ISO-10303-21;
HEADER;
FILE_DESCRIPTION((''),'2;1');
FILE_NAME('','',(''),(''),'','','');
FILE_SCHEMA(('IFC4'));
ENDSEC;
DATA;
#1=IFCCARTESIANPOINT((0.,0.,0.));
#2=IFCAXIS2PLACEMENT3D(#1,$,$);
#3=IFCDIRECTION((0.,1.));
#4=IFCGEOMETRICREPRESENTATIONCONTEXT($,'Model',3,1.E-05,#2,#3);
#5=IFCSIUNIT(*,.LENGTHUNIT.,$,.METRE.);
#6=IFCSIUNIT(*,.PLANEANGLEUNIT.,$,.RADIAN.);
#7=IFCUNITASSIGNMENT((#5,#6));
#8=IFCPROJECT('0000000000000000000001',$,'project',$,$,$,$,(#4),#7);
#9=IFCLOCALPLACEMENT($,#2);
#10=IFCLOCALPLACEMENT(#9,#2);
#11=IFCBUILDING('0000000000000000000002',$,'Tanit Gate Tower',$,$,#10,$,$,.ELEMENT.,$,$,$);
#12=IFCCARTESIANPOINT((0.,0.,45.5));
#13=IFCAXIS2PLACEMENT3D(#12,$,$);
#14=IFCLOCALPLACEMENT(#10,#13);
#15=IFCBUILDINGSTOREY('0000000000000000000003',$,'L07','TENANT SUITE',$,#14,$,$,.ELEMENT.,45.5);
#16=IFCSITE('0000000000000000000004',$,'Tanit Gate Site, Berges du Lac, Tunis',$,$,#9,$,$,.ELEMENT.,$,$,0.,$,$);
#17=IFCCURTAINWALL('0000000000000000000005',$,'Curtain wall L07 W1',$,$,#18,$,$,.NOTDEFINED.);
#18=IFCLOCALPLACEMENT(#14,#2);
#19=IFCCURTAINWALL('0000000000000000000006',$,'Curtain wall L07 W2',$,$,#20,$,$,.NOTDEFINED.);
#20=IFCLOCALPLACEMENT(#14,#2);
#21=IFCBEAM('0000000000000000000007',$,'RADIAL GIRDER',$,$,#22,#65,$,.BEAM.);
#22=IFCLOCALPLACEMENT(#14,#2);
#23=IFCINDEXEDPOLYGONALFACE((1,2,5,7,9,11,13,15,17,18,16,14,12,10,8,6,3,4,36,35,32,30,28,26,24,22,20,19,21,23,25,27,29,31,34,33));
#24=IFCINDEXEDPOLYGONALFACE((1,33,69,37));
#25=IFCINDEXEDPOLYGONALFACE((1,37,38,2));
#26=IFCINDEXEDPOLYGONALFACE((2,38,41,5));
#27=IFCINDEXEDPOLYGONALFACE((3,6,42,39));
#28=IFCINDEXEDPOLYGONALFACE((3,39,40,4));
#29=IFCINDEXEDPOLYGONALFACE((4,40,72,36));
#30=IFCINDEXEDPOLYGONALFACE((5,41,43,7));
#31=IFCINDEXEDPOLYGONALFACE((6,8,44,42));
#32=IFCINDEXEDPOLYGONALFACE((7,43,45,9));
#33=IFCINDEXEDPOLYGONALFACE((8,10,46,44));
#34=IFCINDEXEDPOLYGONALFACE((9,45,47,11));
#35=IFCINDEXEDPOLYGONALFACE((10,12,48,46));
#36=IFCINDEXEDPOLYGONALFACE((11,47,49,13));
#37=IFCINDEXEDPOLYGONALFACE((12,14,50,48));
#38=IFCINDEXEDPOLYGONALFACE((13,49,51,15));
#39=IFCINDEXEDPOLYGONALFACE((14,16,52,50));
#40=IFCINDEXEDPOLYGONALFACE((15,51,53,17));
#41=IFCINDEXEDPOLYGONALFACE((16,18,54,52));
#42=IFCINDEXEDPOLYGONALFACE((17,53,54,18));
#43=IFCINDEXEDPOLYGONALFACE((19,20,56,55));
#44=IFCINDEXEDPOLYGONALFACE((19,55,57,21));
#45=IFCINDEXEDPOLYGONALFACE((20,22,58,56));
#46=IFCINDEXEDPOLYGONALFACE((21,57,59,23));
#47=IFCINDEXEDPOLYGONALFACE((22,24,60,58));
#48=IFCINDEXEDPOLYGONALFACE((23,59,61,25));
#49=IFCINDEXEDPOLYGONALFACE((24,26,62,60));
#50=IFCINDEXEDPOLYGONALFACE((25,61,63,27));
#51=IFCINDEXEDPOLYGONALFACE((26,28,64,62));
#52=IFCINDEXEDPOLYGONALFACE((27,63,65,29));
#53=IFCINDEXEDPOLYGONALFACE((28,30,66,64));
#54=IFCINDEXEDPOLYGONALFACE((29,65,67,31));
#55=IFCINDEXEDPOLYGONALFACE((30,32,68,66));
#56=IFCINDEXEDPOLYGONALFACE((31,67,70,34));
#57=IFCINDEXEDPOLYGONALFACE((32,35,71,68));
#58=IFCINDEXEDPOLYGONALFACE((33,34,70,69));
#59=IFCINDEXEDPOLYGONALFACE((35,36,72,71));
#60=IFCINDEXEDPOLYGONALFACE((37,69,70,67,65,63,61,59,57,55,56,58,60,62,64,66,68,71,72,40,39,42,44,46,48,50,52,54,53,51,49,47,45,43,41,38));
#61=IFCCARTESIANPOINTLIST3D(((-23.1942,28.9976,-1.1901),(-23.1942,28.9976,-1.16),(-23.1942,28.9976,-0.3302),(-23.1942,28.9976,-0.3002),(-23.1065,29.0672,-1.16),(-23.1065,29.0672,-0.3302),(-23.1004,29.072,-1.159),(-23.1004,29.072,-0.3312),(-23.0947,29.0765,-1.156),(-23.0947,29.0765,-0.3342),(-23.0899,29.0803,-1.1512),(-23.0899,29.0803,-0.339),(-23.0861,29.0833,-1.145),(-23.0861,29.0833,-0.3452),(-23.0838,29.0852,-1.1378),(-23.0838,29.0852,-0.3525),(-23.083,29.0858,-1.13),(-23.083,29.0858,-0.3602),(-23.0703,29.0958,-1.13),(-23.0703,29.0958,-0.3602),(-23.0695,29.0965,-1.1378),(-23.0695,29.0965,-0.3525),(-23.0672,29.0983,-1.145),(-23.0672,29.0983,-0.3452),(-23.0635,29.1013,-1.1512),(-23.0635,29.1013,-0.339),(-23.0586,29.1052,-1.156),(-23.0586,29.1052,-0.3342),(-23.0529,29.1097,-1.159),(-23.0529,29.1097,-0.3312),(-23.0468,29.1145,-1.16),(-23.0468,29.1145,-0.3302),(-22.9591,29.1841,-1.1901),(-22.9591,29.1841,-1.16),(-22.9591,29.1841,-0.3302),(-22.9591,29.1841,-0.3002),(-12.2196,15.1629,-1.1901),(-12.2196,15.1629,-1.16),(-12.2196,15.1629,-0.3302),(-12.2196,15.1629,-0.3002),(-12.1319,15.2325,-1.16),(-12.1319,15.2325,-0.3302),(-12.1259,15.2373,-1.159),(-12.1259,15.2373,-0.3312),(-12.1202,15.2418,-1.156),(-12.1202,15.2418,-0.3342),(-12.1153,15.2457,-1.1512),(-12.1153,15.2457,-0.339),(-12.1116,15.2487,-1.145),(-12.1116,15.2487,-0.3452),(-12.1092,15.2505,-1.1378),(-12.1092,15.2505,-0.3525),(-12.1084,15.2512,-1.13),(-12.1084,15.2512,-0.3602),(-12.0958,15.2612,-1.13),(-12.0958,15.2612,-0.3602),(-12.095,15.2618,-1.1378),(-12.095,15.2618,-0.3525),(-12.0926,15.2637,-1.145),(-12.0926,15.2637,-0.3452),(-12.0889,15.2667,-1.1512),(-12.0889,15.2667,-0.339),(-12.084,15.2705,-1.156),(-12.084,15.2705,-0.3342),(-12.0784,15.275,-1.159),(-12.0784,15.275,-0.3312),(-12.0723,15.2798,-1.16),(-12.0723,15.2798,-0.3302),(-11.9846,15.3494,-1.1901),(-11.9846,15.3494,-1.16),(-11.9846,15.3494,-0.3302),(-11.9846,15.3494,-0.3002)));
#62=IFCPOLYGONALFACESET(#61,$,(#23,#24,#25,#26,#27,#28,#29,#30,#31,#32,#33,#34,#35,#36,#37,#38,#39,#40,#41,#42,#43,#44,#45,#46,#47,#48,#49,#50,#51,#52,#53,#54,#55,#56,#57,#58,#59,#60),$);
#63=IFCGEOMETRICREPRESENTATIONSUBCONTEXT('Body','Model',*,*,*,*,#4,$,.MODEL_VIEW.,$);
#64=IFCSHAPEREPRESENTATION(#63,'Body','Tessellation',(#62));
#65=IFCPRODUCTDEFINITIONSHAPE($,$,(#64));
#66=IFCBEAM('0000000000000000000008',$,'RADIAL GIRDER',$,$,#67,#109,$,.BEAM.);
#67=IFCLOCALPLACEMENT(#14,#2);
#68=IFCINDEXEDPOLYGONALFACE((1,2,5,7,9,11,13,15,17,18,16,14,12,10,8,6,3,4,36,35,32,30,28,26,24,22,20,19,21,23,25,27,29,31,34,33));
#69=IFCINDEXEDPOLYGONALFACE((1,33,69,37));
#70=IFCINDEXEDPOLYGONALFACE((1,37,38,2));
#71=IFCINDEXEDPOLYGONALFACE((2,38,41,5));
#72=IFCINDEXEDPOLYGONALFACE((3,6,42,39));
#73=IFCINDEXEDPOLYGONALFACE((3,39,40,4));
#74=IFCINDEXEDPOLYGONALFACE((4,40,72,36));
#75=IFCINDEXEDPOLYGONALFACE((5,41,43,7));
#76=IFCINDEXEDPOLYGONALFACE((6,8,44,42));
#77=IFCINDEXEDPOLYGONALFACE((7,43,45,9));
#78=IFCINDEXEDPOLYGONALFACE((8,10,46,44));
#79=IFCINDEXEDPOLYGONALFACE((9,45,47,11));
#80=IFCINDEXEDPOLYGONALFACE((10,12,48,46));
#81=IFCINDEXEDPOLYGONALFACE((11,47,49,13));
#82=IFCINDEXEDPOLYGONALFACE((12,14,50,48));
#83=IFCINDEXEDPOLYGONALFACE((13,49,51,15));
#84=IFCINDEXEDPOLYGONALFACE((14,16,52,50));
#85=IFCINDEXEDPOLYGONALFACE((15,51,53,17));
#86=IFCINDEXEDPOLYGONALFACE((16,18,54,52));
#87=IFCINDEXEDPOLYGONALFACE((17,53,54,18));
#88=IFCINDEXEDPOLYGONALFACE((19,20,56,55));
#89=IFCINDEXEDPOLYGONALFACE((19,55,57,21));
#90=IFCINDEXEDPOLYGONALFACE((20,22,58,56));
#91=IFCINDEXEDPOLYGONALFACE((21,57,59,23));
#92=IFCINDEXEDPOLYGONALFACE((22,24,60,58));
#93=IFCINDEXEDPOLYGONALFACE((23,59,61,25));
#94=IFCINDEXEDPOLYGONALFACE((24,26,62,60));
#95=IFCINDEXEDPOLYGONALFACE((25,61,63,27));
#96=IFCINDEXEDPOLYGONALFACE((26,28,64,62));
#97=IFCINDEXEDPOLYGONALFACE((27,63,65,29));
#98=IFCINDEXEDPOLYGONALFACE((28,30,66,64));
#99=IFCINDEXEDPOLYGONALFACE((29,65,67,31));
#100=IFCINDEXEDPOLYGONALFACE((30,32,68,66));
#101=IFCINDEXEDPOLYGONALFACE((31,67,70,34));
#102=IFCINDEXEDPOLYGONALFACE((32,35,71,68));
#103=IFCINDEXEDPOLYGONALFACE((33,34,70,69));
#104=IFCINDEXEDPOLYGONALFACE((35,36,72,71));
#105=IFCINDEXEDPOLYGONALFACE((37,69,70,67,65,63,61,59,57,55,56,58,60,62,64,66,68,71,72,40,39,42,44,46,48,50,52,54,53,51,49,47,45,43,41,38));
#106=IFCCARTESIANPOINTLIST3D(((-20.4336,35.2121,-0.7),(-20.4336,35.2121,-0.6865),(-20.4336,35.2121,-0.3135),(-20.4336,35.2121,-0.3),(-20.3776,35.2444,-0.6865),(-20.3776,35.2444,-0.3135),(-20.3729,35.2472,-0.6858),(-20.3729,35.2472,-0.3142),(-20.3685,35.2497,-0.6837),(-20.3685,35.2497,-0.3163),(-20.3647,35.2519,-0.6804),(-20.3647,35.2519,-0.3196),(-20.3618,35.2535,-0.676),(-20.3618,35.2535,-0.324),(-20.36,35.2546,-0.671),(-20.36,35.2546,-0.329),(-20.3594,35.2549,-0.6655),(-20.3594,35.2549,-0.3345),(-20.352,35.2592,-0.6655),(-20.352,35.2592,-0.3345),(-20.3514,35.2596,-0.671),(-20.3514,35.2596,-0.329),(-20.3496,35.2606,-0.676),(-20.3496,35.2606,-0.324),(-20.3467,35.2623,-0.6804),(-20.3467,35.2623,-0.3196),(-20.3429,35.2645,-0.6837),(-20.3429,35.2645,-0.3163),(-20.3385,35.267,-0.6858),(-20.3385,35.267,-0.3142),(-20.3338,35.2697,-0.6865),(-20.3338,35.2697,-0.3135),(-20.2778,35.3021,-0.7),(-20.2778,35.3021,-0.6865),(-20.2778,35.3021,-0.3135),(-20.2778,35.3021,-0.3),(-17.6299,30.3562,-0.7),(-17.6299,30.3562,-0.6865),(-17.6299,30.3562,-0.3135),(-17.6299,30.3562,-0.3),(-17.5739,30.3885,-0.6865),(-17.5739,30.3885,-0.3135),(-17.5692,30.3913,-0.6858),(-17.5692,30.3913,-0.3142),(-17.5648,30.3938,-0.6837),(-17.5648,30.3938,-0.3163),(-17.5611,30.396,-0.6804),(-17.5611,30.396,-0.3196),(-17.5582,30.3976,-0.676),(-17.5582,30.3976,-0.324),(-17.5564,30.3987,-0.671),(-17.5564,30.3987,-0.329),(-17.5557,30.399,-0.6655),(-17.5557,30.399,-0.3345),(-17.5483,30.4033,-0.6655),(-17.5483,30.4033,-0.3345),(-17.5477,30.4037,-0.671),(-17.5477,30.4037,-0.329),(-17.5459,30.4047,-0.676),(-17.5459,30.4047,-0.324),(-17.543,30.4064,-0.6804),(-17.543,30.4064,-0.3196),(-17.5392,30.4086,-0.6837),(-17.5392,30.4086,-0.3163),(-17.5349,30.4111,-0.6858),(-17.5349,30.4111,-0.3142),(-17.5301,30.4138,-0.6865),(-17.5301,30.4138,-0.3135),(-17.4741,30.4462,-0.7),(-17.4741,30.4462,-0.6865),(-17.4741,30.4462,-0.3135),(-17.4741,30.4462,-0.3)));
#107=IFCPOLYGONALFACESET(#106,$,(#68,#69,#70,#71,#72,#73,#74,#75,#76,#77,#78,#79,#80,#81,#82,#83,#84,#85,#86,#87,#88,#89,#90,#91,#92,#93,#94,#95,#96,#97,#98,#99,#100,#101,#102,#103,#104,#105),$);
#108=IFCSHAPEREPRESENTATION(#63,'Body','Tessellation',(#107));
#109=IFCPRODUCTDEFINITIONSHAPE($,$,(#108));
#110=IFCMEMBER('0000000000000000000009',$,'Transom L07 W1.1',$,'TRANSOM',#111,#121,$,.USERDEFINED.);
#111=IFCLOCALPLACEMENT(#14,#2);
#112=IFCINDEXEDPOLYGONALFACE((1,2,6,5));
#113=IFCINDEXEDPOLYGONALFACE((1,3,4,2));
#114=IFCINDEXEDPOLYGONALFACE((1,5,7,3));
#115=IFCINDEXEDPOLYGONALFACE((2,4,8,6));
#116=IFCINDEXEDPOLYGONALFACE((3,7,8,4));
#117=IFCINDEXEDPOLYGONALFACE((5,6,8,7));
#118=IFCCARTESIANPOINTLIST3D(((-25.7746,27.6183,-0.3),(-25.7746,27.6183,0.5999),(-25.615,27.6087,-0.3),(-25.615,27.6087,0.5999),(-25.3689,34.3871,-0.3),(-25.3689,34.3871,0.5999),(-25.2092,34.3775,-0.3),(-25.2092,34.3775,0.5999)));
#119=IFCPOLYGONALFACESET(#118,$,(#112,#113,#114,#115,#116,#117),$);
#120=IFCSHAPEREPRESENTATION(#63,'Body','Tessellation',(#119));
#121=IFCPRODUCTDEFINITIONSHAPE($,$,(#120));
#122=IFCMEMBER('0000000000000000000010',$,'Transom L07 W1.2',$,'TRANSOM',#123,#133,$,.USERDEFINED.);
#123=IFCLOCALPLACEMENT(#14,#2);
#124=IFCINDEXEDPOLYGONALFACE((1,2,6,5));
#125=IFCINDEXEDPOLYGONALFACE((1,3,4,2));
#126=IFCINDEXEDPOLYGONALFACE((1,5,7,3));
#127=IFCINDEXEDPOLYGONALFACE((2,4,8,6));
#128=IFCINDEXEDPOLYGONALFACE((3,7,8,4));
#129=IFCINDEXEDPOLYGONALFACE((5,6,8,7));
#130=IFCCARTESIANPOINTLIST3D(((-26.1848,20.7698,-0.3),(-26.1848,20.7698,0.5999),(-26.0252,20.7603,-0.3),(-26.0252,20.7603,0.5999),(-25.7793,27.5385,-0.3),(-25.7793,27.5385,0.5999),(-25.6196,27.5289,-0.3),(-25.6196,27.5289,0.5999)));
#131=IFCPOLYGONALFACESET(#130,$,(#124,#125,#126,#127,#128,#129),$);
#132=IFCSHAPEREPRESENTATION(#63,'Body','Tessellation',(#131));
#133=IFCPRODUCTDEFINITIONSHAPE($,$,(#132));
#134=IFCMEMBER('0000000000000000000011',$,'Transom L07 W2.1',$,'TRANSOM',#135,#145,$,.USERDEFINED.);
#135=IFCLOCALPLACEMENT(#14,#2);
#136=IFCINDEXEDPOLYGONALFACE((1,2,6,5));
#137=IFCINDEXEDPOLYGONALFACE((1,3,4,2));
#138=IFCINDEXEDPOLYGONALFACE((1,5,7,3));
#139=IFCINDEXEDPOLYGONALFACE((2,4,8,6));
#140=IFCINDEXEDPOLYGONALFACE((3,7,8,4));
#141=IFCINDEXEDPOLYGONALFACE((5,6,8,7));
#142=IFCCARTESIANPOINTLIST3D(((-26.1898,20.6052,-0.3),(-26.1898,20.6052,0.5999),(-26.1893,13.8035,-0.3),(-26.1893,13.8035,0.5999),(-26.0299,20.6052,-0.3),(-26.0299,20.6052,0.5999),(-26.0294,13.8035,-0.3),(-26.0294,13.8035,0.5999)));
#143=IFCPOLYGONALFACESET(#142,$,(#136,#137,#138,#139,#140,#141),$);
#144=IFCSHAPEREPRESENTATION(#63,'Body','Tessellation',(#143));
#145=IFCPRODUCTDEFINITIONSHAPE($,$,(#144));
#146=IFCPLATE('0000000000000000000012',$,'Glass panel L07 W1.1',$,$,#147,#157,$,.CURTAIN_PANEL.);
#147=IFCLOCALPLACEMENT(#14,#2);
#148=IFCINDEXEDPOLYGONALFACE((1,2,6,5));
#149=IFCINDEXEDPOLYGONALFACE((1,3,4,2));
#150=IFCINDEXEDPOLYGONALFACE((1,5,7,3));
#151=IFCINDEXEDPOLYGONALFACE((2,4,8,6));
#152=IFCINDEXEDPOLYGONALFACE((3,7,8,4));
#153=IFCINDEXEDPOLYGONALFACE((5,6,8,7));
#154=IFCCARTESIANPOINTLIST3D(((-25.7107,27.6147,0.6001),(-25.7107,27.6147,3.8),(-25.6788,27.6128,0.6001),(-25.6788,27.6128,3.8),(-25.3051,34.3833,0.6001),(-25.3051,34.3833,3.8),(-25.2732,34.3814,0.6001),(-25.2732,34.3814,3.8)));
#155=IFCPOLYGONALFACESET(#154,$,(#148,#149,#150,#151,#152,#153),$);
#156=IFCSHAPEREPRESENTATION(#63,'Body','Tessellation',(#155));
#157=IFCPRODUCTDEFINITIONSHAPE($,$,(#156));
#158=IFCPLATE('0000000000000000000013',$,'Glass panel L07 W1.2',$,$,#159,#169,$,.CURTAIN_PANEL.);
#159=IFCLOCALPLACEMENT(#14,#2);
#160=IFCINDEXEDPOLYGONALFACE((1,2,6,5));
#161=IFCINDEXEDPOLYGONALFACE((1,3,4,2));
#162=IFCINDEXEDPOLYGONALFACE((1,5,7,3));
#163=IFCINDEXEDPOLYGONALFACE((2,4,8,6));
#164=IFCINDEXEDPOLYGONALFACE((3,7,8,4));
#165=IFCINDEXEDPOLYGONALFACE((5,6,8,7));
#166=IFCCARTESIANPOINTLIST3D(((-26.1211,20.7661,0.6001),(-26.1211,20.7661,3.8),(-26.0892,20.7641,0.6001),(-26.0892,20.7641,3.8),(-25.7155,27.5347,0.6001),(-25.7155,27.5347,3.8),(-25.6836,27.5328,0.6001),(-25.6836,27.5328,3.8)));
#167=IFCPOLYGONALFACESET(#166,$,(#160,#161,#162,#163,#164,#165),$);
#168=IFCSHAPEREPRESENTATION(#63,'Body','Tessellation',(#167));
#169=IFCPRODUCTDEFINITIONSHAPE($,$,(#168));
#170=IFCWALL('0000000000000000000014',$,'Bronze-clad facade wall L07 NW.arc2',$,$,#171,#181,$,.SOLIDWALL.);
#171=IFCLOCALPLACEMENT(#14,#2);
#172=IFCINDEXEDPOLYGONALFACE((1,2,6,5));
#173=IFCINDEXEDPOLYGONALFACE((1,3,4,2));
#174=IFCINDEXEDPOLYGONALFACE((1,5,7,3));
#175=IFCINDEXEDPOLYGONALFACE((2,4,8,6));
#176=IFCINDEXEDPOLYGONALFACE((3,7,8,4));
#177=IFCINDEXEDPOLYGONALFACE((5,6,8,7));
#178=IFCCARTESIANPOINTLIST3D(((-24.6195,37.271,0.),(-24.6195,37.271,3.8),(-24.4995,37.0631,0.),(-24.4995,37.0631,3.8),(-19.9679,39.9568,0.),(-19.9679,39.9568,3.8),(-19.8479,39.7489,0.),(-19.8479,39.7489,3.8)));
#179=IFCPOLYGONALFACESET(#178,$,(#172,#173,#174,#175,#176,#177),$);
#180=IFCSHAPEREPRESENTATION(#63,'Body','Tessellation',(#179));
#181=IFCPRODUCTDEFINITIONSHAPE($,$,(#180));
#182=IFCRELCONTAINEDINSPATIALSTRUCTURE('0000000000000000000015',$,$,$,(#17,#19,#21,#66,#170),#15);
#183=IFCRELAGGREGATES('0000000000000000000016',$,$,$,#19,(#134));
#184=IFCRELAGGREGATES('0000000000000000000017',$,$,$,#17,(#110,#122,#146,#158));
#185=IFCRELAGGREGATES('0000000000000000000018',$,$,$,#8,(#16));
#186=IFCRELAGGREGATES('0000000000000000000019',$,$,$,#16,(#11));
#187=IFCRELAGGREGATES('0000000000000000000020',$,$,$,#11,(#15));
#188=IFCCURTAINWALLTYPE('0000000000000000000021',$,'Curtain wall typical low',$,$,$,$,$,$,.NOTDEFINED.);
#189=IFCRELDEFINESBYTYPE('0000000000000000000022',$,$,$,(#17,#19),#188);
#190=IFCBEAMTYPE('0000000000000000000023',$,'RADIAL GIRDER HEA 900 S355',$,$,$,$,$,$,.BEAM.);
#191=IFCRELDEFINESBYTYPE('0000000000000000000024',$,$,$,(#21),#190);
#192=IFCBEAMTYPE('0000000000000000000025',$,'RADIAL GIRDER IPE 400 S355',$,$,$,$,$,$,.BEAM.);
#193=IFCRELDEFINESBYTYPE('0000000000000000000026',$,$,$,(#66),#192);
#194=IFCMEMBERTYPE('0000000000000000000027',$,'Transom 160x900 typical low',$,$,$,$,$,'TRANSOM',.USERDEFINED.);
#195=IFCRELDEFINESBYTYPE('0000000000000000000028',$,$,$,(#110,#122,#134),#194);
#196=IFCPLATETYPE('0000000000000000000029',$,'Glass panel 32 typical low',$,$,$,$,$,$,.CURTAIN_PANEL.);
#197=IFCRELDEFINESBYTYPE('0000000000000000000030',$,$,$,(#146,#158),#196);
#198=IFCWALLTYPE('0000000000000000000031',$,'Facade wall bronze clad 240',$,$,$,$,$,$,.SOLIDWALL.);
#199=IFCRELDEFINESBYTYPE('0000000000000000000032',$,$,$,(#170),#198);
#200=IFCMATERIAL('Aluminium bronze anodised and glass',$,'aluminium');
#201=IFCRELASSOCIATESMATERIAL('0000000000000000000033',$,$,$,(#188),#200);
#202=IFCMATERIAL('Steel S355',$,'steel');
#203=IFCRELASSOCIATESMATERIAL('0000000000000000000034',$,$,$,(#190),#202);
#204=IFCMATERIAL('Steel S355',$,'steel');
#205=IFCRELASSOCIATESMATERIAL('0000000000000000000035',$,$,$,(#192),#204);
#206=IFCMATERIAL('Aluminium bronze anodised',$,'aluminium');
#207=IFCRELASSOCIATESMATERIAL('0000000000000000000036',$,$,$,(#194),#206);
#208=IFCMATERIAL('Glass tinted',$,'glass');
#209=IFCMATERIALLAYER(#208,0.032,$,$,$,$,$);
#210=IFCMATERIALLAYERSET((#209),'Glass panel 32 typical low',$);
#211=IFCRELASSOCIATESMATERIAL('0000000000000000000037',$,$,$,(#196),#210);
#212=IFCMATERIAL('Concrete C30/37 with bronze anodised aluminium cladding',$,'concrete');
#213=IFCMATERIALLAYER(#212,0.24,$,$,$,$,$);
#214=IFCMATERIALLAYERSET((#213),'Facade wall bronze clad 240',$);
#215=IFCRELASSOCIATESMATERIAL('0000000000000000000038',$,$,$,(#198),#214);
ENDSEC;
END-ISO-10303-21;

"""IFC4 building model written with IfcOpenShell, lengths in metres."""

from ifc_helpers import new_model, si_unit, direction, frame, frame_2d, origin, origin_2d, place, context, subcontext, project, spatial, rectangle, i_section, extrude, material, layer, layer_set, material_profile, profile_set, type_object, element, aggregate, save


model = new_model("IFC4")

# Units and contexts
model_context = context("Model", 3, precision=1e-05, world=origin(), true_north=direction((0.0, 1.0)))
body_context = subcontext(model_context, "Body", "Model", "MODEL_VIEW")
ifc_project = project(units=[si_unit("LENGTHUNIT", "METRE"), si_unit("PLANEANGLEUNIT", "RADIAN")], contexts=[model_context])

# Site, building, storey
site_placement = place(None, origin())
site = spatial("IfcSite", under=ifc_project, at=site_placement, Name="Tanit Gate Site, Berges du Lac, Tunis", CompositionType="ELEMENT", RefElevation=0.0)
building_placement = place(site_placement, origin())
building = spatial("IfcBuilding", under=site, at=building_placement, Name="Tanit Gate Tower", CompositionType="ELEMENT")
storey_placement = place(building_placement, frame((0.0, 0.0, 45.5)))
storey = spatial("IfcBuildingStorey", under=building, at=storey_placement, Name="L07", Description="TENANT SUITE", CompositionType="ELEMENT", Elevation=45.5)

# Curtain walls
ifc_material_1 = material(Name="Aluminium bronze anodised and glass", Category="aluminium")
curtain_wall_type = type_object("IfcCurtainWallType", Name="Curtain wall typical low", PredefinedType="NOTDEFINED", material=ifc_material_1)
curtain_wall_1_placement = place(storey_placement, origin())
curtain_wall_1 = element("IfcCurtainWall", 1, at=curtain_wall_1_placement, inside=storey, type_object=curtain_wall_type, Name="Curtain wall L07 W1", PredefinedType="NOTDEFINED")
curtain_wall_2_placement = place(storey_placement, origin())
curtain_wall_2 = element("IfcCurtainWall", 2, at=curtain_wall_2_placement, inside=storey, type_object=curtain_wall_type, Name="Curtain wall L07 W2", PredefinedType="NOTDEFINED")

# Beams
ifc_material_2 = material(Name="Steel S355", Category="steel")
ifc_material_profile_1 = material_profile(ifc_material_2, i_section(OverallWidth=0.3, OverallDepth=0.8899, WebThickness=0.0161, FlangeThickness=0.03, FilletRadius=0.03, at=origin_2d()), Name="HEA 900")
ifc_profile_set_1 = profile_set([ifc_material_profile_1], Name="Steel S355")
beam_type_1 = type_object("IfcBeamType", Name="RADIAL GIRDER HEA 900 S355", PredefinedType="BEAM", material=ifc_profile_set_1)
beam_1_placement = place(storey_placement, frame((-23.0767, 29.0908, -0.7451), z_axis=(0.621473, -0.783436, 0.0), x_axis=(0.783436, 0.621473, 0.0)))
element("IfcBeam", 3, at=beam_1_placement, inside=storey, type_object=beam_type_1, Name="RADIAL GIRDER", PredefinedType="BEAM", context=body_context, shape_type="SweptSolid", body=[
    extrude(i_section(OverallWidth=0.3, OverallDepth=0.8899, WebThickness=0.0161, FlangeThickness=0.03, FilletRadius=0.03, at=origin_2d()), origin(), (0.0, 0.0, 1.0), 17.6589),
])
ifc_material_3 = material(Name="Steel S355", Category="steel")
ifc_material_profile_2 = material_profile(ifc_material_3, i_section(OverallWidth=0.1799, OverallDepth=0.3999, WebThickness=0.0085, FlangeThickness=0.0134, FilletRadius=0.021, at=origin_2d()), Name="IPE 400")
ifc_profile_set_2 = profile_set([ifc_material_profile_2], Name="Steel S355")
beam_type_2 = type_object("IfcBeamType", Name="RADIAL GIRDER IPE 400 S355", PredefinedType="BEAM", material=ifc_profile_set_2)
beam_2_placement = place(storey_placement, frame((-20.3557, 35.2571, -0.5), z_axis=(0.500016, -0.866016, 0.0), x_axis=(0.866016, 0.500016, 0.0)))
element("IfcBeam", 4, at=beam_2_placement, inside=storey, type_object=beam_type_2, Name="RADIAL GIRDER", PredefinedType="BEAM", context=body_context, shape_type="SweptSolid", body=[
    extrude(i_section(OverallWidth=0.1799, OverallDepth=0.3999, WebThickness=0.0085, FlangeThickness=0.0134, FilletRadius=0.021, at=origin_2d()), origin(), (0.0, 0.0, 1.0), 5.6072),
])

# Members
ifc_material_4 = material(Name="Aluminium bronze anodised", Category="aluminium")
ifc_material_profile_3 = material_profile(ifc_material_4, rectangle(XDim=0.1599, YDim=0.8999, at=origin_2d()), Name="160x900 bronze transom")
ifc_profile_set_3 = profile_set([ifc_material_profile_3], Name="Aluminium bronze anodised")
member_type_1 = type_object("IfcMemberType", Name="Transom 160x900 typical low", ElementType="TRANSOM", PredefinedType="USERDEFINED", material=ifc_profile_set_3)
member_1_placement = place(storey_placement, frame((-25.2891, 34.3823, 0.1499), z_axis=(-0.059838, -0.998208, 0.0), x_axis=(0.998208, -0.059838, 0.0)))
member_1 = element("IfcMember", 5, at=member_1_placement, type_object=member_type_1, Name="Transom L07 W1.1", ObjectType="TRANSOM", PredefinedType="USERDEFINED", context=body_context, shape_type="SweptSolid", body=[
    extrude(rectangle(XDim=0.1599, YDim=0.8999, at=origin_2d()), origin(), (0.0, 0.0, 1.0), 6.781),
])
member_2_placement = place(storey_placement, frame((-25.6995, 27.5337, 0.1499), z_axis=(-0.059805, -0.99821, 0.0), x_axis=(0.99821, -0.059805, 0.0)))
member_2 = element("IfcMember", 6, at=member_2_placement, type_object=member_type_1, Name="Transom L07 W1.2", ObjectType="TRANSOM", PredefinedType="USERDEFINED", context=body_context, shape_type="SweptSolid", body=[
    extrude(rectangle(XDim=0.1599, YDim=0.8999, at=origin_2d()), origin(), (0.0, 0.0, 1.0), 6.7808),
])
member_3_placement = place(storey_placement, frame((-26.1099, 20.6052, 0.1499), z_axis=(0.000072, -1.0, 0.0), x_axis=(1.0, 0.000072, 0.0)))
member_3 = element("IfcMember", 7, at=member_3_placement, type_object=member_type_1, Name="Transom L07 W2.1", ObjectType="TRANSOM", PredefinedType="USERDEFINED", context=body_context, shape_type="SweptSolid", body=[
    extrude(rectangle(XDim=0.1599, YDim=0.8999, at=origin_2d()), origin(), (0.0, 0.0, 1.0), 6.8018),
])
aggregate(curtain_wall_2, [member_3])

# Plates
ifc_material_5 = material(Name="Glass tinted", Category="glass")
ifc_layer_1 = layer(ifc_material_5, 0.032)
ifc_layer_set_1 = layer_set([ifc_layer_1], Name="Glass panel 32 typical low")
plate_type = type_object("IfcPlateType", Name="Glass panel 32 typical low", PredefinedType="CURTAIN_PANEL", material=ifc_layer_set_1)
plate_1_placement = place(storey_placement, frame((-25.4919, 30.998, 0.6001), z_axis=(0.0, 0.0, 1.0), x_axis=(-0.059812, -0.99821, 0.0)))
plate_1 = element("IfcPlate", 8, at=plate_1_placement, type_object=plate_type, Name="Glass panel L07 W1.1", PredefinedType="CURTAIN_PANEL", context=body_context, shape_type="SweptSolid", body=[
    extrude(rectangle(XDim=6.7808, YDim=0.032, at=origin_2d()), origin(), (0.0, 0.0, 1.0), 3.2),
])
plate_2_placement = place(storey_placement, frame((-25.9023, 24.1494, 0.6001), z_axis=(0.0, 0.0, 1.0), x_axis=(-0.059812, -0.99821, 0.0)))
plate_2 = element("IfcPlate", 9, at=plate_2_placement, type_object=plate_type, Name="Glass panel L07 W1.2", PredefinedType="CURTAIN_PANEL", context=body_context, shape_type="SweptSolid", body=[
    extrude(rectangle(XDim=6.7808, YDim=0.032, at=origin_2d()), origin(), (0.0, 0.0, 1.0), 3.2),
])
aggregate(curtain_wall_1, [member_1, member_2, plate_1, plate_2])

# Wall
ifc_material_6 = material(Name="Concrete C30/37 with bronze anodised aluminium cladding", Category="concrete")
ifc_layer_2 = layer(ifc_material_6, 0.24)
ifc_layer_set_2 = layer_set([ifc_layer_2], Name="Facade wall bronze clad 240")
wall_type_1 = type_object("IfcWallType", Name="Facade wall bronze clad 240", PredefinedType="SOLIDWALL", material=ifc_layer_set_2)
wall_1_placement = place(storey_placement, frame((-19.908, 39.8528, 0.0), z_axis=(0.0, 0.0, 1.0), x_axis=(-0.866011, -0.500025, 0.0)))
element("IfcWall", 10, at=wall_1_placement, inside=storey, type_object=wall_type_1, Name="Bronze-clad facade wall L07 NW.arc2", PredefinedType="SOLIDWALL", context=body_context, shape_type="SweptSolid", body=[
    extrude(rectangle(XDim=5.3713, YDim=0.24, at=frame_2d((2.6855, 0.0))), origin(), (0.0, 0.0, 1.0), 3.8),
])

save(model, "model.ifc")
